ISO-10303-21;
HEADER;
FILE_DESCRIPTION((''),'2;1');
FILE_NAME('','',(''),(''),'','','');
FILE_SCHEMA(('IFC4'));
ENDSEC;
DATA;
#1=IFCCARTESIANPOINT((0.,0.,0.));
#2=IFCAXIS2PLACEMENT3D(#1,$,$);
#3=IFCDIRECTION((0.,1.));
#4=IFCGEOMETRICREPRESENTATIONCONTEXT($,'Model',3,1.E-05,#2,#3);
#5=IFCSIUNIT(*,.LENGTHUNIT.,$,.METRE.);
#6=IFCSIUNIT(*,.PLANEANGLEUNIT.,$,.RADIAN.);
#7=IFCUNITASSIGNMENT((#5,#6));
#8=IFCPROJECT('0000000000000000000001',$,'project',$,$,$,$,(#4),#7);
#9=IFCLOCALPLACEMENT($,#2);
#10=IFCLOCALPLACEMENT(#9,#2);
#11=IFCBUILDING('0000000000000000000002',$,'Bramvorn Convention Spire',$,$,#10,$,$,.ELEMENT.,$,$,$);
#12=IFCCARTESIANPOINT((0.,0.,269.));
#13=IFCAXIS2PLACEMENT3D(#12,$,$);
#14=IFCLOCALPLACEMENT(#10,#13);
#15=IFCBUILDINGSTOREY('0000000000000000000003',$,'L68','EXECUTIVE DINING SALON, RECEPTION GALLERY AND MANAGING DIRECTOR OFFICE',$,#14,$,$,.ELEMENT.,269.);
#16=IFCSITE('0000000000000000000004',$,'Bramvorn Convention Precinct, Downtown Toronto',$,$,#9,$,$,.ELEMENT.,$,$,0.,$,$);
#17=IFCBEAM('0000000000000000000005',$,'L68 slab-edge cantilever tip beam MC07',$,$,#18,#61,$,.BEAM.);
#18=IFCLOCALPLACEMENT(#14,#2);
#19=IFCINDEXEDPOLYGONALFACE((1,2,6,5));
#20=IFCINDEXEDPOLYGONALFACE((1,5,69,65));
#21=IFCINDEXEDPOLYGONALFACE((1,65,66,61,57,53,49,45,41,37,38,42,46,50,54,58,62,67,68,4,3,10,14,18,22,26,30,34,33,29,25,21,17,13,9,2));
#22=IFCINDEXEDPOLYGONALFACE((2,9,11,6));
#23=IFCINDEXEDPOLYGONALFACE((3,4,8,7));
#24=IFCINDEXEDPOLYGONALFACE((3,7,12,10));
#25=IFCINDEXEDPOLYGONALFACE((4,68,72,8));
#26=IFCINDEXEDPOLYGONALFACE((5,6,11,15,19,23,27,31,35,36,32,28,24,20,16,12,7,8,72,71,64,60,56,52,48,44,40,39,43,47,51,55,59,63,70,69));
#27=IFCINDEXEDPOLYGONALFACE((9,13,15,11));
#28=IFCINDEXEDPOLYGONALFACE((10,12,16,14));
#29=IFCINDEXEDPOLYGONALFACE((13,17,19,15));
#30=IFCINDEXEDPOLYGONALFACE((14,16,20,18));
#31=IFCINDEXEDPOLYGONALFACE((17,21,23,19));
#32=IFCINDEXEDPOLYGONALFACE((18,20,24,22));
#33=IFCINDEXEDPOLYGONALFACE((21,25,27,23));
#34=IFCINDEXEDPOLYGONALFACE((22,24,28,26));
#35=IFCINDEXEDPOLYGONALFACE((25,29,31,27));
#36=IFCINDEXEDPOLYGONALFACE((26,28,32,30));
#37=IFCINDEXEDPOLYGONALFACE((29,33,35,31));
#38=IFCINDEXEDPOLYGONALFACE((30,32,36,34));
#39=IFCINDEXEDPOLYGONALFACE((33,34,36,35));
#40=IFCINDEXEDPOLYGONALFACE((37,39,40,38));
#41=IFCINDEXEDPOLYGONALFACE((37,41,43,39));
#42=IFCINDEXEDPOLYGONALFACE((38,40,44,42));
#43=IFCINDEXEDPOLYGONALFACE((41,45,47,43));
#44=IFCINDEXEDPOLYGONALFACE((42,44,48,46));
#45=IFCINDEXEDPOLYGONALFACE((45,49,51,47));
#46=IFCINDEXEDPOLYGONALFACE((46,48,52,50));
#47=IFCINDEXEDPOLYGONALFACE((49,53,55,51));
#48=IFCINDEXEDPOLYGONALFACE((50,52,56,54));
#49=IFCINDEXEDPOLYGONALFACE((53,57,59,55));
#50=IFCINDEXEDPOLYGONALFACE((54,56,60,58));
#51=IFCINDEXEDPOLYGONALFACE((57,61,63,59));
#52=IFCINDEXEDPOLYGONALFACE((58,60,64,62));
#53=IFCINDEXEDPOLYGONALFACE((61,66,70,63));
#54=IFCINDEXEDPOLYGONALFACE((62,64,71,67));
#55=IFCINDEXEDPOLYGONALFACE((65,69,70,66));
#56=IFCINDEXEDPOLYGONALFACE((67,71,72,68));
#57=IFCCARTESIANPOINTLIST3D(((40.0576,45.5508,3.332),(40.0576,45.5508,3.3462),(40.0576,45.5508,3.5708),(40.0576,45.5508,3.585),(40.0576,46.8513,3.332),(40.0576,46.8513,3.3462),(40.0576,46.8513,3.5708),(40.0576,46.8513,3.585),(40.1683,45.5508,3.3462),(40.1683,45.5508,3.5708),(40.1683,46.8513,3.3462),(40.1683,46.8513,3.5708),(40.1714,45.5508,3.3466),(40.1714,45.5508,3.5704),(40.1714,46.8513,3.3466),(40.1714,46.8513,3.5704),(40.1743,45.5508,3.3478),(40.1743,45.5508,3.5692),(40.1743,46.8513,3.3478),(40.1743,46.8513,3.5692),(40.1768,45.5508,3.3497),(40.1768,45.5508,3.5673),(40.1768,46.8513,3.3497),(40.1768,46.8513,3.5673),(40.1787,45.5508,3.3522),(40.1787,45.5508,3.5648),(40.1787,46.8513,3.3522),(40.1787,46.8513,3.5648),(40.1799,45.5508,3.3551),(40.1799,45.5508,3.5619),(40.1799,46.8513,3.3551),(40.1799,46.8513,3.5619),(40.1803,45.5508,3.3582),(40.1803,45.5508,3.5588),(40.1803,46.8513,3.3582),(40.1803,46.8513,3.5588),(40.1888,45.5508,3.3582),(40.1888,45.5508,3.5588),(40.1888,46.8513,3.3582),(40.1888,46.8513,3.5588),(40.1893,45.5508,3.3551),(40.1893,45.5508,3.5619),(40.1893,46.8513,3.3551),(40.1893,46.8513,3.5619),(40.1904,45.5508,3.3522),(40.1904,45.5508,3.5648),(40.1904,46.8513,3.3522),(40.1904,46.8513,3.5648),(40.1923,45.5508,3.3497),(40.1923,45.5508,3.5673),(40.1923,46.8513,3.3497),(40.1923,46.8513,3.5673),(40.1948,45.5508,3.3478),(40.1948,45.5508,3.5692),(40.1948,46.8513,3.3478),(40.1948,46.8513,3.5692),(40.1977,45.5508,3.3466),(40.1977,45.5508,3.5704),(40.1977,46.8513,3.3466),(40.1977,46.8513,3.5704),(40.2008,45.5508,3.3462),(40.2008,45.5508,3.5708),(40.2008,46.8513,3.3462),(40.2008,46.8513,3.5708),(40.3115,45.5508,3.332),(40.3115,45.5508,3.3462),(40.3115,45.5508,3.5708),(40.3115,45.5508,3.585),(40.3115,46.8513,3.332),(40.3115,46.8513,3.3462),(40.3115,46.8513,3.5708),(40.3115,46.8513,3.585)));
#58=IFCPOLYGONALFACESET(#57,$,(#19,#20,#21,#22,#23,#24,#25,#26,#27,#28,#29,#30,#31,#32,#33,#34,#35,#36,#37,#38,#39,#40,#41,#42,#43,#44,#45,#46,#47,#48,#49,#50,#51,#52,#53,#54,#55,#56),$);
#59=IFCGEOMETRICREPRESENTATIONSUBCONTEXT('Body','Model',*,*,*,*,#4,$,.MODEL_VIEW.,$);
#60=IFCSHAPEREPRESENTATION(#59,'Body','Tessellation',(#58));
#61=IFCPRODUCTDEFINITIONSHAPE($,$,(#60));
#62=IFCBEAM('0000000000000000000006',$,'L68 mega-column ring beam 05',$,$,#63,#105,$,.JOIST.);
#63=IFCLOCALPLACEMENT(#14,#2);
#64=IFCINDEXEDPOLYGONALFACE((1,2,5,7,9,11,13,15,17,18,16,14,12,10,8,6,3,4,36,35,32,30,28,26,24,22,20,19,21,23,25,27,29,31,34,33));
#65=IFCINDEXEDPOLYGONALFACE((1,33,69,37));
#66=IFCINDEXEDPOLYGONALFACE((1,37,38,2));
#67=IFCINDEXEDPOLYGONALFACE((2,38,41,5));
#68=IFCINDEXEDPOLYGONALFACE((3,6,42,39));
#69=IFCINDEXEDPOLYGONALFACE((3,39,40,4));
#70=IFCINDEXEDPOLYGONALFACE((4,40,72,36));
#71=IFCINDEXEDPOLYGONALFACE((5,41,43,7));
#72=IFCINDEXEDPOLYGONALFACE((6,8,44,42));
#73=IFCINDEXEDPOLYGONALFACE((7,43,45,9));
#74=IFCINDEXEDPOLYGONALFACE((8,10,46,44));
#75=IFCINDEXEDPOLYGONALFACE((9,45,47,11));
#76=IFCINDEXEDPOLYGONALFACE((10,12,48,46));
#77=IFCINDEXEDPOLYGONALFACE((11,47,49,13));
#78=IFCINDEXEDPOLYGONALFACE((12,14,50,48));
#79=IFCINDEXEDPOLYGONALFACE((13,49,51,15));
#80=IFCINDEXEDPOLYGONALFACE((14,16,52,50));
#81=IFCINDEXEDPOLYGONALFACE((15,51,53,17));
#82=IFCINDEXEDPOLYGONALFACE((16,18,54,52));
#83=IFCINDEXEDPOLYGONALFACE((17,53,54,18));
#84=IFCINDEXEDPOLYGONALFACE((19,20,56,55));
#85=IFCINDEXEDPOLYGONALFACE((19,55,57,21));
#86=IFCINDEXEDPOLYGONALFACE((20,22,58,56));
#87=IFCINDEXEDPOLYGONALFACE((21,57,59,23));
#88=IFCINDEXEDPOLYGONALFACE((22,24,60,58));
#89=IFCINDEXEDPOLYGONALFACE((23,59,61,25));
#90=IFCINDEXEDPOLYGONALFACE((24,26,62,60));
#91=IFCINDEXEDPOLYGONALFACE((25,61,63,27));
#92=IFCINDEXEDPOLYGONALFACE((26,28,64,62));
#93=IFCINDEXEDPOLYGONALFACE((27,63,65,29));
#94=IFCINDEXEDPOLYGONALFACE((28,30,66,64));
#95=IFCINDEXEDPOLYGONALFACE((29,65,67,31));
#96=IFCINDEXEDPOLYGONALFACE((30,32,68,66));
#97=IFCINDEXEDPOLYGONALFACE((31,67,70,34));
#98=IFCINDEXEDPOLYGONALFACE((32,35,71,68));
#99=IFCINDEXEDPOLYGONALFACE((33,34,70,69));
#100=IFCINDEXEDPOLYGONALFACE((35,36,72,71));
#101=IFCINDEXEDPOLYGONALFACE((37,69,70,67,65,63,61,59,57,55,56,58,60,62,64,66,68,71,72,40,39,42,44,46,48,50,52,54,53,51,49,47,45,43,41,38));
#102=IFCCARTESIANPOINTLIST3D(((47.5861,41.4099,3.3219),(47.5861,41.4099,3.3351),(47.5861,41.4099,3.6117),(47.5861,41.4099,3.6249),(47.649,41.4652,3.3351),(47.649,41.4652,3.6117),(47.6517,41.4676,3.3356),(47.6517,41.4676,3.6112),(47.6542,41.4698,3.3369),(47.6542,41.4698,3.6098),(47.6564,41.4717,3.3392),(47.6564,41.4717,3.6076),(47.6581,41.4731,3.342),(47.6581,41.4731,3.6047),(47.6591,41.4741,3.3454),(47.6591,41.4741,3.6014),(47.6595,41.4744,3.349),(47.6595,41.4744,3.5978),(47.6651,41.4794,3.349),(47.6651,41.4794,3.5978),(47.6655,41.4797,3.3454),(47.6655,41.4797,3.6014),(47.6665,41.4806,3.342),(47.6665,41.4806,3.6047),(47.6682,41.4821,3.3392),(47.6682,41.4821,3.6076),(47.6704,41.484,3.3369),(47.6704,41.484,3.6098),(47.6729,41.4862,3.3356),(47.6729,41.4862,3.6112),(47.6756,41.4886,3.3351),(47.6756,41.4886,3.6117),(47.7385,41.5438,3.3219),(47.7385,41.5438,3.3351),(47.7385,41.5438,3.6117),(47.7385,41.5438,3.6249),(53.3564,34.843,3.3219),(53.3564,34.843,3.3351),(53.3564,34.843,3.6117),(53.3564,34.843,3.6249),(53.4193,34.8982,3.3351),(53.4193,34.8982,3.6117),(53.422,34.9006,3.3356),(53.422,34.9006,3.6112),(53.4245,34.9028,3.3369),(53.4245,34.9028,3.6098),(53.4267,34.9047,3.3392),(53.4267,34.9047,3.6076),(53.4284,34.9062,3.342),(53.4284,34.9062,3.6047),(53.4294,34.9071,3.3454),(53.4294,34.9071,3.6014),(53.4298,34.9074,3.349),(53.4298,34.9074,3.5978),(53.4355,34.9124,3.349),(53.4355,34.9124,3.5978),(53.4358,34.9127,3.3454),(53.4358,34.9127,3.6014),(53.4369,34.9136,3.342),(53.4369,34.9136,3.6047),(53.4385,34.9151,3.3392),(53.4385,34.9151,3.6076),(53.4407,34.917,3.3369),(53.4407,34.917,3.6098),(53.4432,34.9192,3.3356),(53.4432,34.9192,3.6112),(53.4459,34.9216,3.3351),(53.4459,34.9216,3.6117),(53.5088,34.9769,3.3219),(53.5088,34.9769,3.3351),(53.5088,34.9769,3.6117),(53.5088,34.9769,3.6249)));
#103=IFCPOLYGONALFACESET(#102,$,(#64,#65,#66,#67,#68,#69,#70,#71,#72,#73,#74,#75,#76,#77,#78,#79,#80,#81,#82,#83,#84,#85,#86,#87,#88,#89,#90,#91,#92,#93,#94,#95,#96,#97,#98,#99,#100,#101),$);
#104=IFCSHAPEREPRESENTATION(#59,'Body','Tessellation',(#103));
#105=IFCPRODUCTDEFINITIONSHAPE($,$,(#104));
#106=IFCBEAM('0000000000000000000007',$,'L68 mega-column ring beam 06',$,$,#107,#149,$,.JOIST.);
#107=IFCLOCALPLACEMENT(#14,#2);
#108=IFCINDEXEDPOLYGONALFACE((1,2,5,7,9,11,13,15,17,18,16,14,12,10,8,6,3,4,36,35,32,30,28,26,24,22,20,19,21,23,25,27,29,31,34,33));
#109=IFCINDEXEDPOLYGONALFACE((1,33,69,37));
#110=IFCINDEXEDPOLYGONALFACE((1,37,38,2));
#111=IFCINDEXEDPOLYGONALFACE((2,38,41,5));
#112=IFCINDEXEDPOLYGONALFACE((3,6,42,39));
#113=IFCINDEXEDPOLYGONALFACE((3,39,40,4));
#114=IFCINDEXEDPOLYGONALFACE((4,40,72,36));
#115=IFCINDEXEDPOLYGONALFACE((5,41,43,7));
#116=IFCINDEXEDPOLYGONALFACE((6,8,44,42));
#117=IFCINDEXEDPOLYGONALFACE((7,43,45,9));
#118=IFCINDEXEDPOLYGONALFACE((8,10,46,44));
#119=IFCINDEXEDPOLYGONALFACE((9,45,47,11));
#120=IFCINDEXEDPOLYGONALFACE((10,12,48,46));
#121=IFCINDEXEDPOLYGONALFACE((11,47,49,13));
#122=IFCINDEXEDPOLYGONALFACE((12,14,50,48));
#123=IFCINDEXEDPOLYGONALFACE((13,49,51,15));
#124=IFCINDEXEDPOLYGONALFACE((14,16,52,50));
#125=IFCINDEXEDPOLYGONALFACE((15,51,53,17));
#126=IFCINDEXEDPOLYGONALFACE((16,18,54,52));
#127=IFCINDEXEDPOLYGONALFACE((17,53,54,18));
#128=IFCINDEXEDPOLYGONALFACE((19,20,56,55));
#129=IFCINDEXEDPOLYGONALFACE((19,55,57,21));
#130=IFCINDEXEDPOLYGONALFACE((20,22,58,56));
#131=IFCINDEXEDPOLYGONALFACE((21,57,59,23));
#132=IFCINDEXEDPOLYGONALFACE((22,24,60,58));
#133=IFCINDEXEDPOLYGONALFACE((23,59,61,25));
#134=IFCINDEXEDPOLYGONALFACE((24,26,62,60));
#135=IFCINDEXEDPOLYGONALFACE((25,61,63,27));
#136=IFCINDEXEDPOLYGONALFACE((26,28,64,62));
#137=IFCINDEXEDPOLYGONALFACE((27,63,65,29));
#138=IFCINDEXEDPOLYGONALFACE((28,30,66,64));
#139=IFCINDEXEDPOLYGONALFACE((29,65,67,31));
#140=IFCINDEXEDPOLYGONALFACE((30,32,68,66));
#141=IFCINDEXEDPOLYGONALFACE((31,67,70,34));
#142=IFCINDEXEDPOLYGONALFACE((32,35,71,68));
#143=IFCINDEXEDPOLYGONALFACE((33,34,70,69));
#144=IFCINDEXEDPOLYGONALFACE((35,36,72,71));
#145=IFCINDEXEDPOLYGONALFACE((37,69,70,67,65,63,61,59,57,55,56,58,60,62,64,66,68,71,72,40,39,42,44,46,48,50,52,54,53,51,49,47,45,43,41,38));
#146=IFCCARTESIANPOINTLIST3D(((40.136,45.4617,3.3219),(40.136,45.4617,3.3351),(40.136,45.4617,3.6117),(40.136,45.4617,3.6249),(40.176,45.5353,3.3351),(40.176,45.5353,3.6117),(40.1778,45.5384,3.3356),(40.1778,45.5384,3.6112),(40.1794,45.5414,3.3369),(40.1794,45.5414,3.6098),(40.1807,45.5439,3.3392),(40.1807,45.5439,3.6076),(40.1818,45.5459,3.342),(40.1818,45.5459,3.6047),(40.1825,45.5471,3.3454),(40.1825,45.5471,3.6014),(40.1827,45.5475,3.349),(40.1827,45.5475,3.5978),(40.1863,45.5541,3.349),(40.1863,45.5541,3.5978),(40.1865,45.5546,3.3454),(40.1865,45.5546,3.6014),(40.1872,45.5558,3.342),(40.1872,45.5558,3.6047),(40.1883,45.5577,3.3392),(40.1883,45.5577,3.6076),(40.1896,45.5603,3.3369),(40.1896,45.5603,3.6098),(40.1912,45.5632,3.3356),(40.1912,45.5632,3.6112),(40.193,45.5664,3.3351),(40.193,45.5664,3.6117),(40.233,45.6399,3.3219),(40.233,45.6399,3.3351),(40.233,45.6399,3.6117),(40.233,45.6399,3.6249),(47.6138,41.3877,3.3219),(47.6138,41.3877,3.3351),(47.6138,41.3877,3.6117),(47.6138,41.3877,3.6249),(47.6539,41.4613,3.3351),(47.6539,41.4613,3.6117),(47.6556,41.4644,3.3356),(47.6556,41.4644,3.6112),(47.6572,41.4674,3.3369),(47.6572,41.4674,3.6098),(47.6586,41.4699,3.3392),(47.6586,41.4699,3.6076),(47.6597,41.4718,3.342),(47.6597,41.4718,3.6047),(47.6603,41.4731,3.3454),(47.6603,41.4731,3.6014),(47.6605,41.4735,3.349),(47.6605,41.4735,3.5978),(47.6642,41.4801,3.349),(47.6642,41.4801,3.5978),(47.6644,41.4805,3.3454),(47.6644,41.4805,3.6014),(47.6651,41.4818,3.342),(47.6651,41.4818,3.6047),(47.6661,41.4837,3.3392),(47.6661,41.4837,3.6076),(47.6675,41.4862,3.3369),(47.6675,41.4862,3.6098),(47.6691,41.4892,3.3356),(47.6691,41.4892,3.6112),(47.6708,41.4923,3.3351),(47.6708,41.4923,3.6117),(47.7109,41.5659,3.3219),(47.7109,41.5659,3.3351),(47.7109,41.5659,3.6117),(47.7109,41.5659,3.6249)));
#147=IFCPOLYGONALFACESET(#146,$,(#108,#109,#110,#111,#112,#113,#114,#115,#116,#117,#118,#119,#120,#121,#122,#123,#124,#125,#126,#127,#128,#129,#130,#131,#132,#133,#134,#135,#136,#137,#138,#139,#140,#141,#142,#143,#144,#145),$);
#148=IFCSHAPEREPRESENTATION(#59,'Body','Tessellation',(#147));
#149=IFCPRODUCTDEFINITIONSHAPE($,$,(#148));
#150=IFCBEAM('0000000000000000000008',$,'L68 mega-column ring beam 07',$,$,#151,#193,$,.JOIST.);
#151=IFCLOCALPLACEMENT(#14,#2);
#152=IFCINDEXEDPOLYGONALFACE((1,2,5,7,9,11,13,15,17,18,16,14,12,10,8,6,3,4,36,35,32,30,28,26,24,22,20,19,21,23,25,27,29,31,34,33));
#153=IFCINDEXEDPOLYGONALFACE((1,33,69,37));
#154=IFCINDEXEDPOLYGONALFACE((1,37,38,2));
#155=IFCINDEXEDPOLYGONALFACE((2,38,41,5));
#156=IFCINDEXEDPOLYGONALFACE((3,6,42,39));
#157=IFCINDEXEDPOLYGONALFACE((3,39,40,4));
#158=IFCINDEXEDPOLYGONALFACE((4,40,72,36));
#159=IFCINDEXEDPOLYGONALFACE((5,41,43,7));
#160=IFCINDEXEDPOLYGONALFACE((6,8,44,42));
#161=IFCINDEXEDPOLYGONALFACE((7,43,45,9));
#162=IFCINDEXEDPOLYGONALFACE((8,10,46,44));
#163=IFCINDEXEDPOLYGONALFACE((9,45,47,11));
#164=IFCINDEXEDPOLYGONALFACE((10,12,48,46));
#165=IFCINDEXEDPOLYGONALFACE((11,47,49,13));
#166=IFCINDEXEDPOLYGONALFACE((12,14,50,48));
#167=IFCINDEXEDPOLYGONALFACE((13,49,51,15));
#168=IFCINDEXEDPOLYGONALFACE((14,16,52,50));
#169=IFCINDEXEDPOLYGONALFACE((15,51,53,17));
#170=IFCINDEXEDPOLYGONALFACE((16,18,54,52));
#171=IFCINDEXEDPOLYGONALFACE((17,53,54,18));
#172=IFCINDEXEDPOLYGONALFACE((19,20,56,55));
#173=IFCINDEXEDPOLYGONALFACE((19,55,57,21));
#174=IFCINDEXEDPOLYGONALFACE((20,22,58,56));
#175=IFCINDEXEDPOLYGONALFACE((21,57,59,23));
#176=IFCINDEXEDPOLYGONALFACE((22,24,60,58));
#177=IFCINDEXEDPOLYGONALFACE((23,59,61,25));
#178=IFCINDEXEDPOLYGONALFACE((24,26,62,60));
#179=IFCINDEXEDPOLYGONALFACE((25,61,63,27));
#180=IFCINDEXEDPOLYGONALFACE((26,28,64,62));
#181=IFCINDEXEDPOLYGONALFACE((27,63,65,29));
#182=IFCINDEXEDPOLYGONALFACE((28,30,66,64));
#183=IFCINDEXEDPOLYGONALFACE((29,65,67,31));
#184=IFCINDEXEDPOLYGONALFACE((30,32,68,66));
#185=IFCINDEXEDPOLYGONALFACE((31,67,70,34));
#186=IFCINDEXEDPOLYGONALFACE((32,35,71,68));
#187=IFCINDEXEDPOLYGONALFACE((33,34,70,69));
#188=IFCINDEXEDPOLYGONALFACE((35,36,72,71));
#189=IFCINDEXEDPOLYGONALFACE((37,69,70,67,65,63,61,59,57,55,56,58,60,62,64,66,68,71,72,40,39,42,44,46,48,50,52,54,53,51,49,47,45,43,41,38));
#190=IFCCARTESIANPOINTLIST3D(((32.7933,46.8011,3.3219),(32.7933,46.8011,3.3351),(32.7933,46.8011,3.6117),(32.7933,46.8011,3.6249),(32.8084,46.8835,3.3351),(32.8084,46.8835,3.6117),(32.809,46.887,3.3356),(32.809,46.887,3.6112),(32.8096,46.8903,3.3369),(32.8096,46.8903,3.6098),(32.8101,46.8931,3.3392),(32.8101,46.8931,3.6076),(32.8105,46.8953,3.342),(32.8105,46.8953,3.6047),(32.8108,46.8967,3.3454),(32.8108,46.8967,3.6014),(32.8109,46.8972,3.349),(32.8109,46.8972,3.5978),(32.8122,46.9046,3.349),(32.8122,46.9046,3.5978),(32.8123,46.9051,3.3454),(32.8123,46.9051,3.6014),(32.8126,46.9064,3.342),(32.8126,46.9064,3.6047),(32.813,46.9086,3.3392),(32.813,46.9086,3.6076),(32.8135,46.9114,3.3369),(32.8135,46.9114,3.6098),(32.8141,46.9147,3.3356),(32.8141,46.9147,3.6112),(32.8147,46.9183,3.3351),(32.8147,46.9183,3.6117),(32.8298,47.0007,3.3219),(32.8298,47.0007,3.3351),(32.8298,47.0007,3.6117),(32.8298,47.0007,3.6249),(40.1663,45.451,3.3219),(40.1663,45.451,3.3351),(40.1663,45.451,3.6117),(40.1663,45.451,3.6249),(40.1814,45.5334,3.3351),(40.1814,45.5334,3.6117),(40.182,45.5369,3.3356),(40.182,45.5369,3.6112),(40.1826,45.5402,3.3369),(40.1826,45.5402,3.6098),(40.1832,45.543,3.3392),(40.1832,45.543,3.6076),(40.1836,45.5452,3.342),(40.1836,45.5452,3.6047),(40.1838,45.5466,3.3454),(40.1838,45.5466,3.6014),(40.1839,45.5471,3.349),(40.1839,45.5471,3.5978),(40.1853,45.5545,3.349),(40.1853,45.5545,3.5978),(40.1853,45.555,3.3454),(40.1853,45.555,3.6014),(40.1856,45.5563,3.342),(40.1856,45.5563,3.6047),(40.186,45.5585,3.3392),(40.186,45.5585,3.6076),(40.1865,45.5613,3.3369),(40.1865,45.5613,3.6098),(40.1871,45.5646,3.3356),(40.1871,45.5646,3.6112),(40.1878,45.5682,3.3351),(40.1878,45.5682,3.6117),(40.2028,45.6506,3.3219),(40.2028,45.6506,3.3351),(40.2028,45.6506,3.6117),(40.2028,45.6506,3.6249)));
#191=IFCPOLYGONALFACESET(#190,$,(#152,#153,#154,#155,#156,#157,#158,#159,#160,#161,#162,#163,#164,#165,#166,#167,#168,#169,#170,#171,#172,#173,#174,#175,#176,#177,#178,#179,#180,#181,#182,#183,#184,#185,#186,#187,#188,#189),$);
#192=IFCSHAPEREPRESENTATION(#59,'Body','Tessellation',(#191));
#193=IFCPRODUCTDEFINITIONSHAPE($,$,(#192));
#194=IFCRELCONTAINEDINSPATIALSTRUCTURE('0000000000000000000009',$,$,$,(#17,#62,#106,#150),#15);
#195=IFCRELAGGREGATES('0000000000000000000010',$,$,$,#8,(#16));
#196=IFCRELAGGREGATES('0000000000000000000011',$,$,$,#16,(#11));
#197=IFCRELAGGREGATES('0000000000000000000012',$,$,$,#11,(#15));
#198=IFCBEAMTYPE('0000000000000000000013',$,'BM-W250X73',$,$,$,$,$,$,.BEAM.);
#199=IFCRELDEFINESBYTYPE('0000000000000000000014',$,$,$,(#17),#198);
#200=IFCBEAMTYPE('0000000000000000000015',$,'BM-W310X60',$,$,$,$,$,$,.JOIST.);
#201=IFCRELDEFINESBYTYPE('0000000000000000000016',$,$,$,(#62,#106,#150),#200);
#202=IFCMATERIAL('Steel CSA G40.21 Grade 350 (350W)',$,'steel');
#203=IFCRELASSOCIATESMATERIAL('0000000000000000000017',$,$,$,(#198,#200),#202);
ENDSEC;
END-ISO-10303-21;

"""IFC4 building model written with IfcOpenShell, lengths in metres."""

from ifc_helpers import new_model, si_unit, direction, frame, origin, origin_2d, place, context, subcontext, project, spatial, i_section, extrude, material, material_profile, profile_set, type_object, element, save


model = new_model("IFC4")

# Units and contexts
model_context = context("Model", 3, precision=1e-05, world=origin(), true_north=direction((0.0, 1.0)))
body_context = subcontext(model_context, "Body", "Model", "MODEL_VIEW")
ifc_project = project(units=[si_unit("LENGTHUNIT", "METRE"), si_unit("PLANEANGLEUNIT", "RADIAN")], contexts=[model_context])

# Site, building, storey
site_placement = place(None, origin())
site = spatial("IfcSite", under=ifc_project, at=site_placement, Name="Bramvorn Convention Precinct, Downtown Toronto", CompositionType="ELEMENT", RefElevation=0.0)
building_placement = place(site_placement, origin())
building = spatial("IfcBuilding", under=site, at=building_placement, Name="Bramvorn Convention Spire", CompositionType="ELEMENT")
storey_placement = place(building_placement, frame((0.0, 0.0, 269.0)))
storey = spatial("IfcBuildingStorey", under=building, at=storey_placement, Name="L68", Description="EXECUTIVE DINING SALON, RECEPTION GALLERY AND MANAGING DIRECTOR OFFICE", CompositionType="ELEMENT", Elevation=269.0)

# Shared definitions
ifc_material_1 = material(Name="Steel CSA G40.21 Grade 350 (350W)", Category="steel")

# Beams
ifc_material_profile_1 = material_profile(ifc_material_1, i_section(OverallWidth=0.2539, OverallDepth=0.2529, WebThickness=0.0085, FlangeThickness=0.0142, FilletRadius=0.012, at=origin_2d()))
ifc_profile_set_1 = profile_set([ifc_material_profile_1], Name="Steel CSA G40.21 Grade 350 (350W) - W250X73")
beam_type_1 = type_object("IfcBeamType", Name="BM-W250X73", PredefinedType="BEAM", material=ifc_profile_set_1)
beam_1_placement = place(storey_placement, frame((40.1846, 45.5508, 3.4585), z_axis=(0.0, 1.0, 0.0), x_axis=(-1.0, 0.0, 0.0)))
element("IfcBeam", 1, at=beam_1_placement, inside=storey, type_object=beam_type_1, Name="L68 slab-edge cantilever tip beam MC07", PredefinedType="BEAM", context=body_context, shape_type="SweptSolid", body=[
    extrude(i_section(OverallWidth=0.2539, OverallDepth=0.2529, WebThickness=0.0085, FlangeThickness=0.0142, FilletRadius=0.012, at=origin_2d()), origin(), (0.0, 0.0, 1.0), 1.3005),
])
ifc_material_profile_2 = material_profile(ifc_material_1, i_section(OverallWidth=0.2029, OverallDepth=0.303, WebThickness=0.0076, FlangeThickness=0.0132, FilletRadius=0.0139, at=origin_2d()))
ifc_profile_set_2 = profile_set([ifc_material_profile_2], Name="Steel CSA G40.21 Grade 350 (350W) - W310X60")
beam_type_2 = type_object("IfcBeamType", Name="BM-W310X60", PredefinedType="JOIST", material=ifc_profile_set_2)
beam_2_placement = place(storey_placement, frame((53.4326, 34.9099, 3.4734), z_axis=(-0.660073, 0.751201, 0.0), x_axis=(-0.751201, -0.660073, 0.0)))
element("IfcBeam", 2, at=beam_2_placement, inside=storey, type_object=beam_type_2, Name="L68 mega-column ring beam 05", PredefinedType="JOIST", context=body_context, shape_type="SweptSolid", body=[
    extrude(i_section(OverallWidth=0.2029, OverallDepth=0.303, WebThickness=0.0076, FlangeThickness=0.0132, FilletRadius=0.0139, at=origin_2d()), origin(), (0.0, 0.0, 1.0), 8.7419),
])
beam_3_placement = place(storey_placement, frame((47.6624, 41.4768, 3.4734), z_axis=(-0.878133, 0.478416, 0.0), x_axis=(-0.478416, -0.878133, 0.0)))
element("IfcBeam", 3, at=beam_3_placement, inside=storey, type_object=beam_type_2, Name="L68 mega-column ring beam 06", PredefinedType="JOIST", context=body_context, shape_type="SweptSolid", body=[
    extrude(i_section(OverallWidth=0.2029, OverallDepth=0.303, WebThickness=0.0076, FlangeThickness=0.0132, FilletRadius=0.0139, at=origin_2d()), origin(), (0.0, 0.0, 1.0), 8.5156),
])
beam_4_placement = place(storey_placement, frame((40.1846, 45.5508, 3.4734), z_axis=(-0.983645, 0.180118, 0.0), x_axis=(-0.180118, -0.983645, 0.0)))
element("IfcBeam", 4, at=beam_4_placement, inside=storey, type_object=beam_type_2, Name="L68 mega-column ring beam 07", PredefinedType="JOIST", context=body_context, shape_type="SweptSolid", body=[
    extrude(i_section(OverallWidth=0.2029, OverallDepth=0.303, WebThickness=0.0076, FlangeThickness=0.0132, FilletRadius=0.0139, at=origin_2d()), origin(), (0.0, 0.0, 1.0), 7.4956),
])

save(model, "model.ifc")
